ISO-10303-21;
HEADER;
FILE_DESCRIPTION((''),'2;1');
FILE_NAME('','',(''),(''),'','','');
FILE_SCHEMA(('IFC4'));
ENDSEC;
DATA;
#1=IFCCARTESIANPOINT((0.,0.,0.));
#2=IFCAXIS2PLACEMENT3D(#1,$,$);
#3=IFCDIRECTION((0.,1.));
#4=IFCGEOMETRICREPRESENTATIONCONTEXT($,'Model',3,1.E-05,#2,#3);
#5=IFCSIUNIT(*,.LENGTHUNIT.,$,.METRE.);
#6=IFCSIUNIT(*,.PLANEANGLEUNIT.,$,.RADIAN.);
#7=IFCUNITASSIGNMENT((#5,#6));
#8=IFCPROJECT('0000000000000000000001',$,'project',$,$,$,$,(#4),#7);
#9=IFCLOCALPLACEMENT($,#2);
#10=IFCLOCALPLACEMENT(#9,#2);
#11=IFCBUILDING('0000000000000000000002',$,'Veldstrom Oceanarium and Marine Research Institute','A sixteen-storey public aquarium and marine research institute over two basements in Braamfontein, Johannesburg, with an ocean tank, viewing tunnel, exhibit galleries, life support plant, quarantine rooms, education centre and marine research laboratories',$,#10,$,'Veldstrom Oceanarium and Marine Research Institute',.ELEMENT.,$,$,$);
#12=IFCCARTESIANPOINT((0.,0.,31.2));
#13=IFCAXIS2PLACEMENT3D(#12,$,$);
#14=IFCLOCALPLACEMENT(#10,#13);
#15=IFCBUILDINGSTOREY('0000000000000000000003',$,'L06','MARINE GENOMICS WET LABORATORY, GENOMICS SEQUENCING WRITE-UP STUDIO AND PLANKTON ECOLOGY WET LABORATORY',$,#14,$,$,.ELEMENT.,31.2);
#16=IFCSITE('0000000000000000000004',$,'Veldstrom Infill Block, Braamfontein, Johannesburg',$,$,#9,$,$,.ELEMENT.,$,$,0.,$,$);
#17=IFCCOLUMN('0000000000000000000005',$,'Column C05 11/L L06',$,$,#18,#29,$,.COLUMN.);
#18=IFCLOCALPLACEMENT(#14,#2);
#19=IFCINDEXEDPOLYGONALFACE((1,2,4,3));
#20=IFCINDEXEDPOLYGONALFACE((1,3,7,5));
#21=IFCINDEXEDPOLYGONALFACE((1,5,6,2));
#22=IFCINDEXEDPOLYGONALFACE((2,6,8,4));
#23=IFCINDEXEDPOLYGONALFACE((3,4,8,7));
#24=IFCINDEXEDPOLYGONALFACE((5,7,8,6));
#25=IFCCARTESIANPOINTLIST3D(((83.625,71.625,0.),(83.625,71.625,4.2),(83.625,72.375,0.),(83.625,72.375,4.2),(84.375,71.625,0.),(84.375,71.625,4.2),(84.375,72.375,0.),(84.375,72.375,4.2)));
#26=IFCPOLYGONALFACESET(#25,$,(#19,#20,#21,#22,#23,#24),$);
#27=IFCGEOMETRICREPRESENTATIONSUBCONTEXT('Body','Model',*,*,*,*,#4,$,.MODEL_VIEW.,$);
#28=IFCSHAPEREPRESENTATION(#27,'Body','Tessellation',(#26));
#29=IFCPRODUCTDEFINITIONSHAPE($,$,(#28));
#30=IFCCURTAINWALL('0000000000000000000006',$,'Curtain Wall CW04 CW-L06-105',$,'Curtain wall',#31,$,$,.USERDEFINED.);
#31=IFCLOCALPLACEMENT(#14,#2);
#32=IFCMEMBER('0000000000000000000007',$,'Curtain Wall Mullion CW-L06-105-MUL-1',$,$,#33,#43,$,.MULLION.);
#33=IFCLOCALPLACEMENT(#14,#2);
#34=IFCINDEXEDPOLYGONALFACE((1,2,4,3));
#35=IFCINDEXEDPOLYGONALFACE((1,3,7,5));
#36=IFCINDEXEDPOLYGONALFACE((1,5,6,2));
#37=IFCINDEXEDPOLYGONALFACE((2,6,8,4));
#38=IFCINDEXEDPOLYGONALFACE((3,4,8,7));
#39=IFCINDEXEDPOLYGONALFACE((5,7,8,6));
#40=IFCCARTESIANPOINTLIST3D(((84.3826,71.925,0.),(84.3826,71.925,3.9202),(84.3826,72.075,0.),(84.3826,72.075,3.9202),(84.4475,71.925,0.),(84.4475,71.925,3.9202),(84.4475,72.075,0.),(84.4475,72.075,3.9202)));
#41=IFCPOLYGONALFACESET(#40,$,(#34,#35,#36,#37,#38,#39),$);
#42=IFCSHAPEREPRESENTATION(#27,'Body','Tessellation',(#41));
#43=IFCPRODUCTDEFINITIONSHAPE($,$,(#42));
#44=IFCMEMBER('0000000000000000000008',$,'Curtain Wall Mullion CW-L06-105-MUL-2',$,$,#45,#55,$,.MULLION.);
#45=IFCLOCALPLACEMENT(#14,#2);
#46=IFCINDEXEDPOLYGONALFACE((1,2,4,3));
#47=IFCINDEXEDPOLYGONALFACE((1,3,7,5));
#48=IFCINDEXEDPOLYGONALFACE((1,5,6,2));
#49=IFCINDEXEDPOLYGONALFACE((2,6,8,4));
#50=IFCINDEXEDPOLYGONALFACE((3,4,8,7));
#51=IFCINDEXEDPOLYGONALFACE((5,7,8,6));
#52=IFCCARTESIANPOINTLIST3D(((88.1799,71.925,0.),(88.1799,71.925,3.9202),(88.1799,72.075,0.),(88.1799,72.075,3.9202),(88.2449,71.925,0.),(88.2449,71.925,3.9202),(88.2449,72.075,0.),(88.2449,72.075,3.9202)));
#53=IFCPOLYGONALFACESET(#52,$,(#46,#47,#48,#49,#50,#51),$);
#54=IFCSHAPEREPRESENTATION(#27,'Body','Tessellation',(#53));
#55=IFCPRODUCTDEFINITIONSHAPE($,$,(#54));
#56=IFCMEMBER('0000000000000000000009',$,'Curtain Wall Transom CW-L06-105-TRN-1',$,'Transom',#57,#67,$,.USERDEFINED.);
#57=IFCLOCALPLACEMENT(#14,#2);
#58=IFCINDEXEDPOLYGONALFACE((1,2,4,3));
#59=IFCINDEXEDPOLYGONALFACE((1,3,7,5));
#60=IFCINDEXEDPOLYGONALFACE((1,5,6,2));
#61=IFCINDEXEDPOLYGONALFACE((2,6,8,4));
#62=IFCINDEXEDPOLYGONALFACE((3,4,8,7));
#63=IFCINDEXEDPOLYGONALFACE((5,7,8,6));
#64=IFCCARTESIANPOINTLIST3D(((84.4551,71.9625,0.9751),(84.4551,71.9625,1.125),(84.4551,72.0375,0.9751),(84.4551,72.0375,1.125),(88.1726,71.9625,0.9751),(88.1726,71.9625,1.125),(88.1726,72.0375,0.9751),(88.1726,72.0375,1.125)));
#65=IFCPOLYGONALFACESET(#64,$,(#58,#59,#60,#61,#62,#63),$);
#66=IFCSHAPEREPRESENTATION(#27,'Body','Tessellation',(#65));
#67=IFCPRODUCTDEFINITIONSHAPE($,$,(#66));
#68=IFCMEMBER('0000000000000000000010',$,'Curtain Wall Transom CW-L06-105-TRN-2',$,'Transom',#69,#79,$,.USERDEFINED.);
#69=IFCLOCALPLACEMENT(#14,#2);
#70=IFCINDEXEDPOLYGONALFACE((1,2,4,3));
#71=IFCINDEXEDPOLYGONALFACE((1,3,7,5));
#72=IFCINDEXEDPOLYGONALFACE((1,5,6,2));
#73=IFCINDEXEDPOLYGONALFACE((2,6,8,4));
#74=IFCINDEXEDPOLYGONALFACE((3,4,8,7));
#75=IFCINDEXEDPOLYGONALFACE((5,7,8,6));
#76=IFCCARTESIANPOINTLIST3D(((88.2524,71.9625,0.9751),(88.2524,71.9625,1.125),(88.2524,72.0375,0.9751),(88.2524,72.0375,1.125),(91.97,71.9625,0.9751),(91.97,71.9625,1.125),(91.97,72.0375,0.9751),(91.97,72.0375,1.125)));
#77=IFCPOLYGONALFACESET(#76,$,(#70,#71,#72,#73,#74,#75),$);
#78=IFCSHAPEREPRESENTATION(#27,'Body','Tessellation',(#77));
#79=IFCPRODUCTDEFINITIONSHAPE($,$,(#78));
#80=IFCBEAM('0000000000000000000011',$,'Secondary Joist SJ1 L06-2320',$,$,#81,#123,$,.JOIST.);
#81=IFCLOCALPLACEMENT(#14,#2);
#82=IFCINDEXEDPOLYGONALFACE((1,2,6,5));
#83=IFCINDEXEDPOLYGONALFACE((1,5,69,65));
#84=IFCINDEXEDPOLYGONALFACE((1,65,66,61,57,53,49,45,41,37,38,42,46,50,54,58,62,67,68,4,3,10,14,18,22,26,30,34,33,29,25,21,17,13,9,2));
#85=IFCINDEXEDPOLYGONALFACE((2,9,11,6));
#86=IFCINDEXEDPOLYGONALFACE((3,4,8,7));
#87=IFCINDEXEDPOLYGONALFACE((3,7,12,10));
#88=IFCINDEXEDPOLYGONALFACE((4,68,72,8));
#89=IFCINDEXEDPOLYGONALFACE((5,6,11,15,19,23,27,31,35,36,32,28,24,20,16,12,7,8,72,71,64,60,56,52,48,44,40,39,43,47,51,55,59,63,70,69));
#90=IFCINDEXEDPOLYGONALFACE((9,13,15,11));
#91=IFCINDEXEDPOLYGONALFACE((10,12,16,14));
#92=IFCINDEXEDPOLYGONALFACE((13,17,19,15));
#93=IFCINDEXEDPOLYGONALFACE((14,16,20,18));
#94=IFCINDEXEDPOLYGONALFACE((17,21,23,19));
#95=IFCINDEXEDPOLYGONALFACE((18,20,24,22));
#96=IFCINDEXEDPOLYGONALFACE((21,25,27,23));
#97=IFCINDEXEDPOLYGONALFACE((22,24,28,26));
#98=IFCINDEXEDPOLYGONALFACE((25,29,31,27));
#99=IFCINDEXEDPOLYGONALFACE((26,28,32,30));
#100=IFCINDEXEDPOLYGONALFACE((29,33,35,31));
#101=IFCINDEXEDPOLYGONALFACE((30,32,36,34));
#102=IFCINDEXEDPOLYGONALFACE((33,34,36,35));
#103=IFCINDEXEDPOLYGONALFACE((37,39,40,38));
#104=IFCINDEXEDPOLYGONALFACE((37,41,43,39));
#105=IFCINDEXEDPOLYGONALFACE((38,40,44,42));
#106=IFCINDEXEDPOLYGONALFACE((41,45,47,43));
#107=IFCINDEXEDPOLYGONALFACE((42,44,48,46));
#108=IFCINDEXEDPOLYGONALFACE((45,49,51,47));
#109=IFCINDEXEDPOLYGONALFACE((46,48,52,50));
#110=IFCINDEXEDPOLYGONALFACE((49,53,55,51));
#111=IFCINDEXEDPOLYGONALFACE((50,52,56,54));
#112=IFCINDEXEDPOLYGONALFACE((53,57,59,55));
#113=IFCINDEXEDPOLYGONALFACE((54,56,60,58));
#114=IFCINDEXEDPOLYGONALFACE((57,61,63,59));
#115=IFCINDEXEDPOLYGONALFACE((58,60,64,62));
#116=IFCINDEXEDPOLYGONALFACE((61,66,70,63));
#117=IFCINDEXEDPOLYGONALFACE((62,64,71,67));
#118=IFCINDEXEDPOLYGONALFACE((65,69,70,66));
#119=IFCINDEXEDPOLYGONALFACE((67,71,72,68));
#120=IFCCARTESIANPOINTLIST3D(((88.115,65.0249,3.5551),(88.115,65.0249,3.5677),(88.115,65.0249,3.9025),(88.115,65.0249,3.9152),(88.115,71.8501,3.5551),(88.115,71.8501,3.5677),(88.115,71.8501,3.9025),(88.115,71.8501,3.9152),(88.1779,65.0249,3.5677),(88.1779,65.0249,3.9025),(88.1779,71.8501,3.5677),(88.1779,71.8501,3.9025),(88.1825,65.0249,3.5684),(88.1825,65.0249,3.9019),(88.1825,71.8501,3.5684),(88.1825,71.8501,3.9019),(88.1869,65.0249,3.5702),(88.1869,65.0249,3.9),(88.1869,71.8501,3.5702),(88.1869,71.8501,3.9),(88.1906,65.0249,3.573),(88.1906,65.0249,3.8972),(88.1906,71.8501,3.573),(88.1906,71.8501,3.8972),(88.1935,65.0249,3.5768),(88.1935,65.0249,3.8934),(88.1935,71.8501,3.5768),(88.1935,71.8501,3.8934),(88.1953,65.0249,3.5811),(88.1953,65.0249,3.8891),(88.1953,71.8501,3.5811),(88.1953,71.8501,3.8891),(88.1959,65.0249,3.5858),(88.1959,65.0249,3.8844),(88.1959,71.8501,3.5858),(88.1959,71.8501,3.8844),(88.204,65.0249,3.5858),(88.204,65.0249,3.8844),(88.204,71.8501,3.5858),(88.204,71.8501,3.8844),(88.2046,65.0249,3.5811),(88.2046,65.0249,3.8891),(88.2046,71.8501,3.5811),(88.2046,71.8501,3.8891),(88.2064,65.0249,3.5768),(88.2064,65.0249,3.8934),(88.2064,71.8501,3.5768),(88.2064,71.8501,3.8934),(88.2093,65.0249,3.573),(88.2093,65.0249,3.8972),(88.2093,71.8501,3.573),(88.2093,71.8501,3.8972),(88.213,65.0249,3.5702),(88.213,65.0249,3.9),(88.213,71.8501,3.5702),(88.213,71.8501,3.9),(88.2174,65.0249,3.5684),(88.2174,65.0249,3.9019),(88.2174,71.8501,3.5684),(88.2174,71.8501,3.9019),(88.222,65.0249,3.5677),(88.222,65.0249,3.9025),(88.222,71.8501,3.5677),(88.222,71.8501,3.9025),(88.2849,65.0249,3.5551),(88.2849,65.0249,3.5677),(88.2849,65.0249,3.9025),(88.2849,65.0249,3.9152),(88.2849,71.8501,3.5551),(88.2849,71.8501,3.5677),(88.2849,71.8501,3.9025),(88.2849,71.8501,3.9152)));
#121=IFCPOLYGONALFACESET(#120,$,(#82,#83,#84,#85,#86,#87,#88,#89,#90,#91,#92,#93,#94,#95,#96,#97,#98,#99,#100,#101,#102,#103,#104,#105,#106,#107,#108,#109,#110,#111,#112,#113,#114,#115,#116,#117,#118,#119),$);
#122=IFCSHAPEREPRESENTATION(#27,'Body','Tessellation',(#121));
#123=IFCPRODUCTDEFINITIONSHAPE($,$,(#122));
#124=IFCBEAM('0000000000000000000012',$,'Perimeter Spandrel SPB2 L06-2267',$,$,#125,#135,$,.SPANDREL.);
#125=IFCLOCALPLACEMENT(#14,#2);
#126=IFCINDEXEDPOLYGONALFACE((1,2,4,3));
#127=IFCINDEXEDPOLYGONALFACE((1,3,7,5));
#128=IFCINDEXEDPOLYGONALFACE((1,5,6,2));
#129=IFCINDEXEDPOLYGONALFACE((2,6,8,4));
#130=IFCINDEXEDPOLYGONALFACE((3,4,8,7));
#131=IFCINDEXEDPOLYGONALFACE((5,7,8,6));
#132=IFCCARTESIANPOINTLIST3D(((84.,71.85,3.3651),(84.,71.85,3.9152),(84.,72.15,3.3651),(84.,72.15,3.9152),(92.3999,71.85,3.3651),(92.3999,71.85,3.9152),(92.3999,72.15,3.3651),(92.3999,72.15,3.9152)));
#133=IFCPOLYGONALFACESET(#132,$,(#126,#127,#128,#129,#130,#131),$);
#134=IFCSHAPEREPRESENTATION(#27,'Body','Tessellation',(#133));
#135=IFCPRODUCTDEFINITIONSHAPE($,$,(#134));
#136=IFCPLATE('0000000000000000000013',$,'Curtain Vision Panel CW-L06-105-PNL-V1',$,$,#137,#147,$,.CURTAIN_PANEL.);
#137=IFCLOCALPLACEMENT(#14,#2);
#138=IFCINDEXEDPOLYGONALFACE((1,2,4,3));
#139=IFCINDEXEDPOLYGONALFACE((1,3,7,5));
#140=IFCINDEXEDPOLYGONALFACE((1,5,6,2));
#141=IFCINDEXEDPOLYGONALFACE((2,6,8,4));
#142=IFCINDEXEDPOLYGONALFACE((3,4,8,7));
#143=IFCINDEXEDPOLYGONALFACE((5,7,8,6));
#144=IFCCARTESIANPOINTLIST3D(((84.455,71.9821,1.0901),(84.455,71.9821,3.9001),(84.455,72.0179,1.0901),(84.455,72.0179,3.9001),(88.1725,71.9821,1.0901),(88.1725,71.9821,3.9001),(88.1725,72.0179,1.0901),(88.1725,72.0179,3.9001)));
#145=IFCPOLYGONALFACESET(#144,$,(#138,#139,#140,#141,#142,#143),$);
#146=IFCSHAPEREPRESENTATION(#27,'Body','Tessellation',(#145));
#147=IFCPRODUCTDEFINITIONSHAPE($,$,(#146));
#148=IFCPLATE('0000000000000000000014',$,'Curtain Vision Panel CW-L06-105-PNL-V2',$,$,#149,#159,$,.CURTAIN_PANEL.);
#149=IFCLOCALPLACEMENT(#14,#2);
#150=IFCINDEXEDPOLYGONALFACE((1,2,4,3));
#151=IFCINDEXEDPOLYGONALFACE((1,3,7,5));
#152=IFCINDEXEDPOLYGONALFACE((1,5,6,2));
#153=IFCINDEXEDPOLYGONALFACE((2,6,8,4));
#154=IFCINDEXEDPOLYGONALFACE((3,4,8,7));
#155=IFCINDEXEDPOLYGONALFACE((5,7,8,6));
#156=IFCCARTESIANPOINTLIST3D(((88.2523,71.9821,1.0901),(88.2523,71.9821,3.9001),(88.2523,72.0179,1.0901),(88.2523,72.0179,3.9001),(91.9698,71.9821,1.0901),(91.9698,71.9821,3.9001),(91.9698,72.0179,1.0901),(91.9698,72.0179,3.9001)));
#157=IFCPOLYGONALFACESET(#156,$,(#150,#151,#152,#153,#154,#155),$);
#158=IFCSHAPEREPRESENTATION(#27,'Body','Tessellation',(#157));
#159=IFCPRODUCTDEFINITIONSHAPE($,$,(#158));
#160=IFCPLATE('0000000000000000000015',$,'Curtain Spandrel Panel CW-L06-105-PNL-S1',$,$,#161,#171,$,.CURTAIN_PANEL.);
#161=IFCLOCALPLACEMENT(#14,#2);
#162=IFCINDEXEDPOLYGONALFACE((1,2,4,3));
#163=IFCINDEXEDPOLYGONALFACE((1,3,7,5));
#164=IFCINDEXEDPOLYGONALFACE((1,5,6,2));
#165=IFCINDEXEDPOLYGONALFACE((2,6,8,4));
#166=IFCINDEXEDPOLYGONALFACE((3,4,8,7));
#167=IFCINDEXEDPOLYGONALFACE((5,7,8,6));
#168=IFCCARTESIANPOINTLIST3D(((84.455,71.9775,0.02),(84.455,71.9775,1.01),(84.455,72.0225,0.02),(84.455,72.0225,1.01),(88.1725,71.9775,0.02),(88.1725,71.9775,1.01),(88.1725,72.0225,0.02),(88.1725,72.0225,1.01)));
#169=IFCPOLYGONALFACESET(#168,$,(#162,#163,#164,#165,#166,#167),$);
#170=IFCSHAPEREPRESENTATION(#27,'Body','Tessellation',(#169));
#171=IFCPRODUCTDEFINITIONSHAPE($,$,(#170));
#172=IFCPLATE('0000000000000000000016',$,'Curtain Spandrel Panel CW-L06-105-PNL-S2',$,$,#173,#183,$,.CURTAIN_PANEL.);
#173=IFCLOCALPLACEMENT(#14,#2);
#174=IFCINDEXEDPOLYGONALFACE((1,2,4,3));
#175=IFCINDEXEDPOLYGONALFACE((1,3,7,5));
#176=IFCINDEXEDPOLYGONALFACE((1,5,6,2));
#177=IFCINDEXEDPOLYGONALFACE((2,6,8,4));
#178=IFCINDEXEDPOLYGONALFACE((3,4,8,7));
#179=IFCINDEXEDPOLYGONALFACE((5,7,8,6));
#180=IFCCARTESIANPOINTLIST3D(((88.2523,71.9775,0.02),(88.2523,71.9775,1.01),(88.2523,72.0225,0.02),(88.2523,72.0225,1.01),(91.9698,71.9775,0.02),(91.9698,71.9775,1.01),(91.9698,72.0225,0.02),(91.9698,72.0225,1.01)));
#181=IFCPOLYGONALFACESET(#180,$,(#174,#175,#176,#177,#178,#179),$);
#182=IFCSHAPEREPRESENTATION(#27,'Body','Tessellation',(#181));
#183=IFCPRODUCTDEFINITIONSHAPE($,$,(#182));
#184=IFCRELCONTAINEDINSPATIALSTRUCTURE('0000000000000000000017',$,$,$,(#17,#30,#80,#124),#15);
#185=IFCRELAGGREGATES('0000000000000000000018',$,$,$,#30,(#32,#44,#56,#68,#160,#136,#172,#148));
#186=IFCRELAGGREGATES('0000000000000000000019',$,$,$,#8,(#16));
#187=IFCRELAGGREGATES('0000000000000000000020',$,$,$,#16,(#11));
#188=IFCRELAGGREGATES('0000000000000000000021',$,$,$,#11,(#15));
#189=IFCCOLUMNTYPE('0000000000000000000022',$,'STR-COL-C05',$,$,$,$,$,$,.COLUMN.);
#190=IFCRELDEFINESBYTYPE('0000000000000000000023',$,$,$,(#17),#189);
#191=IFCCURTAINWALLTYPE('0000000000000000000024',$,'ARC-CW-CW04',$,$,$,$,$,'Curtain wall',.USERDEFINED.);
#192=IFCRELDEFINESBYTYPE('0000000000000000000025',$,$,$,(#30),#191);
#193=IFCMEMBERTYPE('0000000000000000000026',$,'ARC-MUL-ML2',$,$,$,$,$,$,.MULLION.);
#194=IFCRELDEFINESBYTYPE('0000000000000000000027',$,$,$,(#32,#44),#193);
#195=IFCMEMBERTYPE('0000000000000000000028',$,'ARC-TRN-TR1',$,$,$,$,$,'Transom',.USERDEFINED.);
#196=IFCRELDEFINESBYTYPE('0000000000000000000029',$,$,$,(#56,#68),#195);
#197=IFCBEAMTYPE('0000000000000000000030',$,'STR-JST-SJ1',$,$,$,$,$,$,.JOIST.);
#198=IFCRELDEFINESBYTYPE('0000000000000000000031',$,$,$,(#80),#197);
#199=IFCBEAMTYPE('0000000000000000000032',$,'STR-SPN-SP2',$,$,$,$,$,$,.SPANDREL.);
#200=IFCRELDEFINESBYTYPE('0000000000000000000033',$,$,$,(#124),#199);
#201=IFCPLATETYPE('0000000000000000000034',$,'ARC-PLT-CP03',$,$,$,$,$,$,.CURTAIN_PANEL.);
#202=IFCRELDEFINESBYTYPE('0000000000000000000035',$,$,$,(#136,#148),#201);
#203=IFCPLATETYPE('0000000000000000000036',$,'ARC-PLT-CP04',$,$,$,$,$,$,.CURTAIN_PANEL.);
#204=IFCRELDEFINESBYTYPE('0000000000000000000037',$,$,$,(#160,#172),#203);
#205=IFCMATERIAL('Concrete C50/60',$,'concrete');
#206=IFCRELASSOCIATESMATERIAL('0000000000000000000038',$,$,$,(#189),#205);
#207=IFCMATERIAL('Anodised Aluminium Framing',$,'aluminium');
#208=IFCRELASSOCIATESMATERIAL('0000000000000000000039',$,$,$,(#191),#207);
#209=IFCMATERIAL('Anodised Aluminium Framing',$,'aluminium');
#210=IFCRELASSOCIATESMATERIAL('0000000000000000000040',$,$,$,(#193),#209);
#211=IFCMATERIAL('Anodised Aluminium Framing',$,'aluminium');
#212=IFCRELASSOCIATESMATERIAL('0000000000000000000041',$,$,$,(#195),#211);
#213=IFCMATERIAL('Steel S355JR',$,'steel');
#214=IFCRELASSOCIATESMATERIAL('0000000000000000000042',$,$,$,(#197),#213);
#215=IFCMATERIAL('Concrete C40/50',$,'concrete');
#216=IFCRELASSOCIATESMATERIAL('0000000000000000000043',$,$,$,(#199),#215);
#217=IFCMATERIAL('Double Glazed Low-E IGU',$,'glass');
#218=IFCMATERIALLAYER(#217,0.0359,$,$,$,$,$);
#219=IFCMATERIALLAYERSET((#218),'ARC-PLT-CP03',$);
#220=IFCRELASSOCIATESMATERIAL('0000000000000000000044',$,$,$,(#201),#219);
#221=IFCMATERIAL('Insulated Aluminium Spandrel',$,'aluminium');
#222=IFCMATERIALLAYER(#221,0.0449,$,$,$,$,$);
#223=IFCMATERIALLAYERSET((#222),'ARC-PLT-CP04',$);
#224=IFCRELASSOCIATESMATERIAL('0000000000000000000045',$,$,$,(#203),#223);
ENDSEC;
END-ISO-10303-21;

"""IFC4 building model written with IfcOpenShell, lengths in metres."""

from ifc_helpers import new_model, si_unit, direction, frame, origin, origin_2d, place, context, subcontext, project, spatial, rectangle, i_section, extrude, material, layer, layer_set, material_profile, profile_set, type_object, element, aggregate, save


model = new_model("IFC4")

# Units and contexts
model_context = context("Model", 3, precision=1e-05, world=origin(), true_north=direction((0.0, 1.0)))
body_context = subcontext(model_context, "Body", "Model", "MODEL_VIEW")
ifc_project = project(units=[si_unit("LENGTHUNIT", "METRE"), si_unit("PLANEANGLEUNIT", "RADIAN")], contexts=[model_context])

# Site, building, storey
site_placement = place(None, origin())
site = spatial("IfcSite", under=ifc_project, at=site_placement, Name="Veldstrom Infill Block, Braamfontein, Johannesburg", CompositionType="ELEMENT", RefElevation=0.0)
building_placement = place(site_placement, origin())
building = spatial("IfcBuilding", under=site, at=building_placement, Name="Veldstrom Oceanarium and Marine Research Institute", Description="A sixteen-storey public aquarium and marine research institute over two basements in Braamfontein, Johannesburg, with an ocean tank, viewing tunnel, exhibit galleries, life support plant, quarantine rooms, education centre and marine research laboratories", LongName="Veldstrom Oceanarium and Marine Research Institute", CompositionType="ELEMENT")
storey_placement = place(building_placement, frame((0.0, 0.0, 31.2)))
storey = spatial("IfcBuildingStorey", under=building, at=storey_placement, Name="L06", Description="MARINE GENOMICS WET LABORATORY, GENOMICS SEQUENCING WRITE-UP STUDIO AND PLANKTON ECOLOGY WET LABORATORY", CompositionType="ELEMENT", Elevation=31.2)

# Column
ifc_material_1 = material(Name="Concrete C50/60", Category="concrete")
ifc_material_profile_1 = material_profile(ifc_material_1, rectangle(XDim=0.75, YDim=0.75, at=origin_2d()), Name="RC-COL-750x750")
ifc_profile_set_1 = profile_set([ifc_material_profile_1], Name="Concrete C50/60")
column_type = type_object("IfcColumnType", Name="STR-COL-C05", PredefinedType="COLUMN", material=ifc_profile_set_1)
column_placement = place(storey_placement, frame((84.0, 72.0, 0.0), z_axis=(0.0, 0.0, 1.0), x_axis=(1.0, 0.0, 0.0)))
element("IfcColumn", 1, at=column_placement, inside=storey, type_object=column_type, Name="Column C05 11/L L06", PredefinedType="COLUMN", context=body_context, shape_type="SweptSolid", body=[
    extrude(rectangle(XDim=0.75, YDim=0.75, at=origin_2d()), origin(), (0.0, 0.0, 1.0), 4.2),
])

# Curtain wall, members
ifc_material_2 = material(Name="Anodised Aluminium Framing", Category="aluminium")
curtain_wall_type = type_object("IfcCurtainWallType", Name="ARC-CW-CW04", ElementType="Curtain wall", PredefinedType="USERDEFINED", material=ifc_material_2)
curtain_wall_placement = place(storey_placement, origin())
curtain_wall = element("IfcCurtainWall", 2, at=curtain_wall_placement, inside=storey, type_object=curtain_wall_type, Name="Curtain Wall CW04 CW-L06-105", ObjectType="Curtain wall", PredefinedType="USERDEFINED")
ifc_material_3 = material(Name="Anodised Aluminium Framing", Category="aluminium")
ifc_material_profile_2 = material_profile(ifc_material_3, rectangle(XDim=0.0649, YDim=0.1499, at=origin_2d()), Name="ALU-MUL-65x150")
ifc_profile_set_2 = profile_set([ifc_material_profile_2], Name="Anodised Aluminium Framing")
member_type_1 = type_object("IfcMemberType", Name="ARC-MUL-ML2", PredefinedType="MULLION", material=ifc_profile_set_2)
member_1_placement = place(storey_placement, frame((84.415, 72.0, 0.0), z_axis=(0.0, 0.0, 1.0), x_axis=(1.0, 0.0, 0.0)))
member_1 = element("IfcMember", 3, at=member_1_placement, type_object=member_type_1, Name="Curtain Wall Mullion CW-L06-105-MUL-1", PredefinedType="MULLION", context=body_context, shape_type="SweptSolid", body=[
    extrude(rectangle(XDim=0.0649, YDim=0.1499, at=origin_2d()), origin(), (0.0, 0.0, 1.0), 3.9202),
])
member_2_placement = place(storey_placement, frame((88.2124, 72.0, 0.0), z_axis=(0.0, 0.0, 1.0), x_axis=(1.0, 0.0, 0.0)))
member_2 = element("IfcMember", 4, at=member_2_placement, type_object=member_type_1, Name="Curtain Wall Mullion CW-L06-105-MUL-2", PredefinedType="MULLION", context=body_context, shape_type="SweptSolid", body=[
    extrude(rectangle(XDim=0.0649, YDim=0.1499, at=origin_2d()), origin(), (0.0, 0.0, 1.0), 3.9202),
])
ifc_material_4 = material(Name="Anodised Aluminium Framing", Category="aluminium")
ifc_material_profile_3 = material_profile(ifc_material_4, rectangle(XDim=0.075, YDim=0.1499, at=origin_2d()), Name="ALU-TRN-75x150")
ifc_profile_set_3 = profile_set([ifc_material_profile_3], Name="Anodised Aluminium Framing")
member_type_2 = type_object("IfcMemberType", Name="ARC-TRN-TR1", ElementType="Transom", PredefinedType="USERDEFINED", material=ifc_profile_set_3)
member_3_placement = place(storey_placement, frame((84.4551, 72.0, 1.05), z_axis=(1.0, 0.0, 0.0), x_axis=(0.0, 1.0, 0.0)))
member_3 = element("IfcMember", 5, at=member_3_placement, type_object=member_type_2, Name="Curtain Wall Transom CW-L06-105-TRN-1", ObjectType="Transom", PredefinedType="USERDEFINED", context=body_context, shape_type="SweptSolid", body=[
    extrude(rectangle(XDim=0.075, YDim=0.1499, at=origin_2d()), origin(), (0.0, 0.0, 1.0), 3.7175),
])
member_4_placement = place(storey_placement, frame((88.2524, 72.0, 1.05), z_axis=(1.0, 0.0, 0.0), x_axis=(0.0, 1.0, 0.0)))
member_4 = element("IfcMember", 6, at=member_4_placement, type_object=member_type_2, Name="Curtain Wall Transom CW-L06-105-TRN-2", ObjectType="Transom", PredefinedType="USERDEFINED", context=body_context, shape_type="SweptSolid", body=[
    extrude(rectangle(XDim=0.075, YDim=0.1499, at=origin_2d()), origin(), (0.0, 0.0, 1.0), 3.7175),
])

# Beams
ifc_material_5 = material(Name="Steel S355JR", Category="steel")
ifc_material_profile_4 = material_profile(ifc_material_5, i_section(OverallWidth=0.1699, OverallDepth=0.3601, WebThickness=0.0081, FlangeThickness=0.0127, FilletRadius=0.0181, at=origin_2d()), Name="IPE 360")
ifc_profile_set_4 = profile_set([ifc_material_profile_4], Name="Steel S355JR")
beam_type_1 = type_object("IfcBeamType", Name="STR-JST-SJ1", PredefinedType="JOIST", material=ifc_profile_set_4)
beam_1_placement = place(storey_placement, frame((88.2, 65.0249, 3.7351), z_axis=(0.0, 1.0, 0.0), x_axis=(-1.0, 0.0, 0.0)))
element("IfcBeam", 7, at=beam_1_placement, inside=storey, type_object=beam_type_1, Name="Secondary Joist SJ1 L06-2320", PredefinedType="JOIST", context=body_context, shape_type="SweptSolid", body=[
    extrude(i_section(OverallWidth=0.1699, OverallDepth=0.3601, WebThickness=0.0081, FlangeThickness=0.0127, FilletRadius=0.0181, at=origin_2d()), origin(), (0.0, 0.0, 1.0), 6.8252),
])
ifc_material_6 = material(Name="Concrete C40/50", Category="concrete")
ifc_material_profile_5 = material_profile(ifc_material_6, rectangle(XDim=0.3, YDim=0.55, at=origin_2d()), Name="RC-SPN-300x550")
ifc_profile_set_5 = profile_set([ifc_material_profile_5], Name="Concrete C40/50")
beam_type_2 = type_object("IfcBeamType", Name="STR-SPN-SP2", PredefinedType="SPANDREL", material=ifc_profile_set_5)
beam_2_placement = place(storey_placement, frame((84.0, 72.0, 3.6401), z_axis=(1.0, 0.0, 0.0), x_axis=(0.0, 1.0, 0.0)))
element("IfcBeam", 8, at=beam_2_placement, inside=storey, type_object=beam_type_2, Name="Perimeter Spandrel SPB2 L06-2267", PredefinedType="SPANDREL", context=body_context, shape_type="SweptSolid", body=[
    extrude(rectangle(XDim=0.3, YDim=0.55, at=origin_2d()), origin(), (0.0, 0.0, 1.0), 8.3999),
])

# Plates
ifc_material_7 = material(Name="Double Glazed Low-E IGU", Category="glass")
ifc_layer_1 = layer(ifc_material_7, 0.0359)
ifc_layer_set_1 = layer_set([ifc_layer_1], Name="ARC-PLT-CP03")
plate_type_1 = type_object("IfcPlateType", Name="ARC-PLT-CP03", PredefinedType="CURTAIN_PANEL", material=ifc_layer_set_1)
plate_1_placement = place(storey_placement, frame((86.3137, 72.0, 1.0901), z_axis=(0.0, 0.0, 1.0), x_axis=(1.0, 0.0, 0.0)))
plate_1 = element("IfcPlate", 9, at=plate_1_placement, type_object=plate_type_1, Name="Curtain Vision Panel CW-L06-105-PNL-V1", PredefinedType="CURTAIN_PANEL", context=body_context, shape_type="SweptSolid", body=[
    extrude(rectangle(XDim=3.7175, YDim=0.0359, at=origin_2d()), origin(), (0.0, 0.0, 1.0), 2.8101),
])
plate_2_placement = place(storey_placement, frame((90.1111, 72.0, 1.0901), z_axis=(0.0, 0.0, 1.0), x_axis=(1.0, 0.0, 0.0)))
plate_2 = element("IfcPlate", 10, at=plate_2_placement, type_object=plate_type_1, Name="Curtain Vision Panel CW-L06-105-PNL-V2", PredefinedType="CURTAIN_PANEL", context=body_context, shape_type="SweptSolid", body=[
    extrude(rectangle(XDim=3.7175, YDim=0.0359, at=origin_2d()), origin(), (0.0, 0.0, 1.0), 2.8101),
])
ifc_material_8 = material(Name="Insulated Aluminium Spandrel", Category="aluminium")
ifc_layer_2 = layer(ifc_material_8, 0.0449)
ifc_layer_set_2 = layer_set([ifc_layer_2], Name="ARC-PLT-CP04")
plate_type_2 = type_object("IfcPlateType", Name="ARC-PLT-CP04", PredefinedType="CURTAIN_PANEL", material=ifc_layer_set_2)
plate_3_placement = place(storey_placement, frame((86.3137, 72.0, 0.02), z_axis=(0.0, 0.0, 1.0), x_axis=(1.0, 0.0, 0.0)))
plate_3 = element("IfcPlate", 11, at=plate_3_placement, type_object=plate_type_2, Name="Curtain Spandrel Panel CW-L06-105-PNL-S1", PredefinedType="CURTAIN_PANEL", context=body_context, shape_type="SweptSolid", body=[
    extrude(rectangle(XDim=3.7175, YDim=0.0449, at=origin_2d()), origin(), (0.0, 0.0, 1.0), 0.99),
])
plate_4_placement = place(storey_placement, frame((90.1111, 72.0, 0.02), z_axis=(0.0, 0.0, 1.0), x_axis=(1.0, 0.0, 0.0)))
plate_4 = element("IfcPlate", 12, at=plate_4_placement, type_object=plate_type_2, Name="Curtain Spandrel Panel CW-L06-105-PNL-S2", PredefinedType="CURTAIN_PANEL", context=body_context, shape_type="SweptSolid", body=[
    extrude(rectangle(XDim=3.7175, YDim=0.0449, at=origin_2d()), origin(), (0.0, 0.0, 1.0), 0.99),
])
aggregate(curtain_wall, [member_1, member_2, member_3, member_4, plate_3, plate_1, plate_4, plate_2])

save(model, "model.ifc")
